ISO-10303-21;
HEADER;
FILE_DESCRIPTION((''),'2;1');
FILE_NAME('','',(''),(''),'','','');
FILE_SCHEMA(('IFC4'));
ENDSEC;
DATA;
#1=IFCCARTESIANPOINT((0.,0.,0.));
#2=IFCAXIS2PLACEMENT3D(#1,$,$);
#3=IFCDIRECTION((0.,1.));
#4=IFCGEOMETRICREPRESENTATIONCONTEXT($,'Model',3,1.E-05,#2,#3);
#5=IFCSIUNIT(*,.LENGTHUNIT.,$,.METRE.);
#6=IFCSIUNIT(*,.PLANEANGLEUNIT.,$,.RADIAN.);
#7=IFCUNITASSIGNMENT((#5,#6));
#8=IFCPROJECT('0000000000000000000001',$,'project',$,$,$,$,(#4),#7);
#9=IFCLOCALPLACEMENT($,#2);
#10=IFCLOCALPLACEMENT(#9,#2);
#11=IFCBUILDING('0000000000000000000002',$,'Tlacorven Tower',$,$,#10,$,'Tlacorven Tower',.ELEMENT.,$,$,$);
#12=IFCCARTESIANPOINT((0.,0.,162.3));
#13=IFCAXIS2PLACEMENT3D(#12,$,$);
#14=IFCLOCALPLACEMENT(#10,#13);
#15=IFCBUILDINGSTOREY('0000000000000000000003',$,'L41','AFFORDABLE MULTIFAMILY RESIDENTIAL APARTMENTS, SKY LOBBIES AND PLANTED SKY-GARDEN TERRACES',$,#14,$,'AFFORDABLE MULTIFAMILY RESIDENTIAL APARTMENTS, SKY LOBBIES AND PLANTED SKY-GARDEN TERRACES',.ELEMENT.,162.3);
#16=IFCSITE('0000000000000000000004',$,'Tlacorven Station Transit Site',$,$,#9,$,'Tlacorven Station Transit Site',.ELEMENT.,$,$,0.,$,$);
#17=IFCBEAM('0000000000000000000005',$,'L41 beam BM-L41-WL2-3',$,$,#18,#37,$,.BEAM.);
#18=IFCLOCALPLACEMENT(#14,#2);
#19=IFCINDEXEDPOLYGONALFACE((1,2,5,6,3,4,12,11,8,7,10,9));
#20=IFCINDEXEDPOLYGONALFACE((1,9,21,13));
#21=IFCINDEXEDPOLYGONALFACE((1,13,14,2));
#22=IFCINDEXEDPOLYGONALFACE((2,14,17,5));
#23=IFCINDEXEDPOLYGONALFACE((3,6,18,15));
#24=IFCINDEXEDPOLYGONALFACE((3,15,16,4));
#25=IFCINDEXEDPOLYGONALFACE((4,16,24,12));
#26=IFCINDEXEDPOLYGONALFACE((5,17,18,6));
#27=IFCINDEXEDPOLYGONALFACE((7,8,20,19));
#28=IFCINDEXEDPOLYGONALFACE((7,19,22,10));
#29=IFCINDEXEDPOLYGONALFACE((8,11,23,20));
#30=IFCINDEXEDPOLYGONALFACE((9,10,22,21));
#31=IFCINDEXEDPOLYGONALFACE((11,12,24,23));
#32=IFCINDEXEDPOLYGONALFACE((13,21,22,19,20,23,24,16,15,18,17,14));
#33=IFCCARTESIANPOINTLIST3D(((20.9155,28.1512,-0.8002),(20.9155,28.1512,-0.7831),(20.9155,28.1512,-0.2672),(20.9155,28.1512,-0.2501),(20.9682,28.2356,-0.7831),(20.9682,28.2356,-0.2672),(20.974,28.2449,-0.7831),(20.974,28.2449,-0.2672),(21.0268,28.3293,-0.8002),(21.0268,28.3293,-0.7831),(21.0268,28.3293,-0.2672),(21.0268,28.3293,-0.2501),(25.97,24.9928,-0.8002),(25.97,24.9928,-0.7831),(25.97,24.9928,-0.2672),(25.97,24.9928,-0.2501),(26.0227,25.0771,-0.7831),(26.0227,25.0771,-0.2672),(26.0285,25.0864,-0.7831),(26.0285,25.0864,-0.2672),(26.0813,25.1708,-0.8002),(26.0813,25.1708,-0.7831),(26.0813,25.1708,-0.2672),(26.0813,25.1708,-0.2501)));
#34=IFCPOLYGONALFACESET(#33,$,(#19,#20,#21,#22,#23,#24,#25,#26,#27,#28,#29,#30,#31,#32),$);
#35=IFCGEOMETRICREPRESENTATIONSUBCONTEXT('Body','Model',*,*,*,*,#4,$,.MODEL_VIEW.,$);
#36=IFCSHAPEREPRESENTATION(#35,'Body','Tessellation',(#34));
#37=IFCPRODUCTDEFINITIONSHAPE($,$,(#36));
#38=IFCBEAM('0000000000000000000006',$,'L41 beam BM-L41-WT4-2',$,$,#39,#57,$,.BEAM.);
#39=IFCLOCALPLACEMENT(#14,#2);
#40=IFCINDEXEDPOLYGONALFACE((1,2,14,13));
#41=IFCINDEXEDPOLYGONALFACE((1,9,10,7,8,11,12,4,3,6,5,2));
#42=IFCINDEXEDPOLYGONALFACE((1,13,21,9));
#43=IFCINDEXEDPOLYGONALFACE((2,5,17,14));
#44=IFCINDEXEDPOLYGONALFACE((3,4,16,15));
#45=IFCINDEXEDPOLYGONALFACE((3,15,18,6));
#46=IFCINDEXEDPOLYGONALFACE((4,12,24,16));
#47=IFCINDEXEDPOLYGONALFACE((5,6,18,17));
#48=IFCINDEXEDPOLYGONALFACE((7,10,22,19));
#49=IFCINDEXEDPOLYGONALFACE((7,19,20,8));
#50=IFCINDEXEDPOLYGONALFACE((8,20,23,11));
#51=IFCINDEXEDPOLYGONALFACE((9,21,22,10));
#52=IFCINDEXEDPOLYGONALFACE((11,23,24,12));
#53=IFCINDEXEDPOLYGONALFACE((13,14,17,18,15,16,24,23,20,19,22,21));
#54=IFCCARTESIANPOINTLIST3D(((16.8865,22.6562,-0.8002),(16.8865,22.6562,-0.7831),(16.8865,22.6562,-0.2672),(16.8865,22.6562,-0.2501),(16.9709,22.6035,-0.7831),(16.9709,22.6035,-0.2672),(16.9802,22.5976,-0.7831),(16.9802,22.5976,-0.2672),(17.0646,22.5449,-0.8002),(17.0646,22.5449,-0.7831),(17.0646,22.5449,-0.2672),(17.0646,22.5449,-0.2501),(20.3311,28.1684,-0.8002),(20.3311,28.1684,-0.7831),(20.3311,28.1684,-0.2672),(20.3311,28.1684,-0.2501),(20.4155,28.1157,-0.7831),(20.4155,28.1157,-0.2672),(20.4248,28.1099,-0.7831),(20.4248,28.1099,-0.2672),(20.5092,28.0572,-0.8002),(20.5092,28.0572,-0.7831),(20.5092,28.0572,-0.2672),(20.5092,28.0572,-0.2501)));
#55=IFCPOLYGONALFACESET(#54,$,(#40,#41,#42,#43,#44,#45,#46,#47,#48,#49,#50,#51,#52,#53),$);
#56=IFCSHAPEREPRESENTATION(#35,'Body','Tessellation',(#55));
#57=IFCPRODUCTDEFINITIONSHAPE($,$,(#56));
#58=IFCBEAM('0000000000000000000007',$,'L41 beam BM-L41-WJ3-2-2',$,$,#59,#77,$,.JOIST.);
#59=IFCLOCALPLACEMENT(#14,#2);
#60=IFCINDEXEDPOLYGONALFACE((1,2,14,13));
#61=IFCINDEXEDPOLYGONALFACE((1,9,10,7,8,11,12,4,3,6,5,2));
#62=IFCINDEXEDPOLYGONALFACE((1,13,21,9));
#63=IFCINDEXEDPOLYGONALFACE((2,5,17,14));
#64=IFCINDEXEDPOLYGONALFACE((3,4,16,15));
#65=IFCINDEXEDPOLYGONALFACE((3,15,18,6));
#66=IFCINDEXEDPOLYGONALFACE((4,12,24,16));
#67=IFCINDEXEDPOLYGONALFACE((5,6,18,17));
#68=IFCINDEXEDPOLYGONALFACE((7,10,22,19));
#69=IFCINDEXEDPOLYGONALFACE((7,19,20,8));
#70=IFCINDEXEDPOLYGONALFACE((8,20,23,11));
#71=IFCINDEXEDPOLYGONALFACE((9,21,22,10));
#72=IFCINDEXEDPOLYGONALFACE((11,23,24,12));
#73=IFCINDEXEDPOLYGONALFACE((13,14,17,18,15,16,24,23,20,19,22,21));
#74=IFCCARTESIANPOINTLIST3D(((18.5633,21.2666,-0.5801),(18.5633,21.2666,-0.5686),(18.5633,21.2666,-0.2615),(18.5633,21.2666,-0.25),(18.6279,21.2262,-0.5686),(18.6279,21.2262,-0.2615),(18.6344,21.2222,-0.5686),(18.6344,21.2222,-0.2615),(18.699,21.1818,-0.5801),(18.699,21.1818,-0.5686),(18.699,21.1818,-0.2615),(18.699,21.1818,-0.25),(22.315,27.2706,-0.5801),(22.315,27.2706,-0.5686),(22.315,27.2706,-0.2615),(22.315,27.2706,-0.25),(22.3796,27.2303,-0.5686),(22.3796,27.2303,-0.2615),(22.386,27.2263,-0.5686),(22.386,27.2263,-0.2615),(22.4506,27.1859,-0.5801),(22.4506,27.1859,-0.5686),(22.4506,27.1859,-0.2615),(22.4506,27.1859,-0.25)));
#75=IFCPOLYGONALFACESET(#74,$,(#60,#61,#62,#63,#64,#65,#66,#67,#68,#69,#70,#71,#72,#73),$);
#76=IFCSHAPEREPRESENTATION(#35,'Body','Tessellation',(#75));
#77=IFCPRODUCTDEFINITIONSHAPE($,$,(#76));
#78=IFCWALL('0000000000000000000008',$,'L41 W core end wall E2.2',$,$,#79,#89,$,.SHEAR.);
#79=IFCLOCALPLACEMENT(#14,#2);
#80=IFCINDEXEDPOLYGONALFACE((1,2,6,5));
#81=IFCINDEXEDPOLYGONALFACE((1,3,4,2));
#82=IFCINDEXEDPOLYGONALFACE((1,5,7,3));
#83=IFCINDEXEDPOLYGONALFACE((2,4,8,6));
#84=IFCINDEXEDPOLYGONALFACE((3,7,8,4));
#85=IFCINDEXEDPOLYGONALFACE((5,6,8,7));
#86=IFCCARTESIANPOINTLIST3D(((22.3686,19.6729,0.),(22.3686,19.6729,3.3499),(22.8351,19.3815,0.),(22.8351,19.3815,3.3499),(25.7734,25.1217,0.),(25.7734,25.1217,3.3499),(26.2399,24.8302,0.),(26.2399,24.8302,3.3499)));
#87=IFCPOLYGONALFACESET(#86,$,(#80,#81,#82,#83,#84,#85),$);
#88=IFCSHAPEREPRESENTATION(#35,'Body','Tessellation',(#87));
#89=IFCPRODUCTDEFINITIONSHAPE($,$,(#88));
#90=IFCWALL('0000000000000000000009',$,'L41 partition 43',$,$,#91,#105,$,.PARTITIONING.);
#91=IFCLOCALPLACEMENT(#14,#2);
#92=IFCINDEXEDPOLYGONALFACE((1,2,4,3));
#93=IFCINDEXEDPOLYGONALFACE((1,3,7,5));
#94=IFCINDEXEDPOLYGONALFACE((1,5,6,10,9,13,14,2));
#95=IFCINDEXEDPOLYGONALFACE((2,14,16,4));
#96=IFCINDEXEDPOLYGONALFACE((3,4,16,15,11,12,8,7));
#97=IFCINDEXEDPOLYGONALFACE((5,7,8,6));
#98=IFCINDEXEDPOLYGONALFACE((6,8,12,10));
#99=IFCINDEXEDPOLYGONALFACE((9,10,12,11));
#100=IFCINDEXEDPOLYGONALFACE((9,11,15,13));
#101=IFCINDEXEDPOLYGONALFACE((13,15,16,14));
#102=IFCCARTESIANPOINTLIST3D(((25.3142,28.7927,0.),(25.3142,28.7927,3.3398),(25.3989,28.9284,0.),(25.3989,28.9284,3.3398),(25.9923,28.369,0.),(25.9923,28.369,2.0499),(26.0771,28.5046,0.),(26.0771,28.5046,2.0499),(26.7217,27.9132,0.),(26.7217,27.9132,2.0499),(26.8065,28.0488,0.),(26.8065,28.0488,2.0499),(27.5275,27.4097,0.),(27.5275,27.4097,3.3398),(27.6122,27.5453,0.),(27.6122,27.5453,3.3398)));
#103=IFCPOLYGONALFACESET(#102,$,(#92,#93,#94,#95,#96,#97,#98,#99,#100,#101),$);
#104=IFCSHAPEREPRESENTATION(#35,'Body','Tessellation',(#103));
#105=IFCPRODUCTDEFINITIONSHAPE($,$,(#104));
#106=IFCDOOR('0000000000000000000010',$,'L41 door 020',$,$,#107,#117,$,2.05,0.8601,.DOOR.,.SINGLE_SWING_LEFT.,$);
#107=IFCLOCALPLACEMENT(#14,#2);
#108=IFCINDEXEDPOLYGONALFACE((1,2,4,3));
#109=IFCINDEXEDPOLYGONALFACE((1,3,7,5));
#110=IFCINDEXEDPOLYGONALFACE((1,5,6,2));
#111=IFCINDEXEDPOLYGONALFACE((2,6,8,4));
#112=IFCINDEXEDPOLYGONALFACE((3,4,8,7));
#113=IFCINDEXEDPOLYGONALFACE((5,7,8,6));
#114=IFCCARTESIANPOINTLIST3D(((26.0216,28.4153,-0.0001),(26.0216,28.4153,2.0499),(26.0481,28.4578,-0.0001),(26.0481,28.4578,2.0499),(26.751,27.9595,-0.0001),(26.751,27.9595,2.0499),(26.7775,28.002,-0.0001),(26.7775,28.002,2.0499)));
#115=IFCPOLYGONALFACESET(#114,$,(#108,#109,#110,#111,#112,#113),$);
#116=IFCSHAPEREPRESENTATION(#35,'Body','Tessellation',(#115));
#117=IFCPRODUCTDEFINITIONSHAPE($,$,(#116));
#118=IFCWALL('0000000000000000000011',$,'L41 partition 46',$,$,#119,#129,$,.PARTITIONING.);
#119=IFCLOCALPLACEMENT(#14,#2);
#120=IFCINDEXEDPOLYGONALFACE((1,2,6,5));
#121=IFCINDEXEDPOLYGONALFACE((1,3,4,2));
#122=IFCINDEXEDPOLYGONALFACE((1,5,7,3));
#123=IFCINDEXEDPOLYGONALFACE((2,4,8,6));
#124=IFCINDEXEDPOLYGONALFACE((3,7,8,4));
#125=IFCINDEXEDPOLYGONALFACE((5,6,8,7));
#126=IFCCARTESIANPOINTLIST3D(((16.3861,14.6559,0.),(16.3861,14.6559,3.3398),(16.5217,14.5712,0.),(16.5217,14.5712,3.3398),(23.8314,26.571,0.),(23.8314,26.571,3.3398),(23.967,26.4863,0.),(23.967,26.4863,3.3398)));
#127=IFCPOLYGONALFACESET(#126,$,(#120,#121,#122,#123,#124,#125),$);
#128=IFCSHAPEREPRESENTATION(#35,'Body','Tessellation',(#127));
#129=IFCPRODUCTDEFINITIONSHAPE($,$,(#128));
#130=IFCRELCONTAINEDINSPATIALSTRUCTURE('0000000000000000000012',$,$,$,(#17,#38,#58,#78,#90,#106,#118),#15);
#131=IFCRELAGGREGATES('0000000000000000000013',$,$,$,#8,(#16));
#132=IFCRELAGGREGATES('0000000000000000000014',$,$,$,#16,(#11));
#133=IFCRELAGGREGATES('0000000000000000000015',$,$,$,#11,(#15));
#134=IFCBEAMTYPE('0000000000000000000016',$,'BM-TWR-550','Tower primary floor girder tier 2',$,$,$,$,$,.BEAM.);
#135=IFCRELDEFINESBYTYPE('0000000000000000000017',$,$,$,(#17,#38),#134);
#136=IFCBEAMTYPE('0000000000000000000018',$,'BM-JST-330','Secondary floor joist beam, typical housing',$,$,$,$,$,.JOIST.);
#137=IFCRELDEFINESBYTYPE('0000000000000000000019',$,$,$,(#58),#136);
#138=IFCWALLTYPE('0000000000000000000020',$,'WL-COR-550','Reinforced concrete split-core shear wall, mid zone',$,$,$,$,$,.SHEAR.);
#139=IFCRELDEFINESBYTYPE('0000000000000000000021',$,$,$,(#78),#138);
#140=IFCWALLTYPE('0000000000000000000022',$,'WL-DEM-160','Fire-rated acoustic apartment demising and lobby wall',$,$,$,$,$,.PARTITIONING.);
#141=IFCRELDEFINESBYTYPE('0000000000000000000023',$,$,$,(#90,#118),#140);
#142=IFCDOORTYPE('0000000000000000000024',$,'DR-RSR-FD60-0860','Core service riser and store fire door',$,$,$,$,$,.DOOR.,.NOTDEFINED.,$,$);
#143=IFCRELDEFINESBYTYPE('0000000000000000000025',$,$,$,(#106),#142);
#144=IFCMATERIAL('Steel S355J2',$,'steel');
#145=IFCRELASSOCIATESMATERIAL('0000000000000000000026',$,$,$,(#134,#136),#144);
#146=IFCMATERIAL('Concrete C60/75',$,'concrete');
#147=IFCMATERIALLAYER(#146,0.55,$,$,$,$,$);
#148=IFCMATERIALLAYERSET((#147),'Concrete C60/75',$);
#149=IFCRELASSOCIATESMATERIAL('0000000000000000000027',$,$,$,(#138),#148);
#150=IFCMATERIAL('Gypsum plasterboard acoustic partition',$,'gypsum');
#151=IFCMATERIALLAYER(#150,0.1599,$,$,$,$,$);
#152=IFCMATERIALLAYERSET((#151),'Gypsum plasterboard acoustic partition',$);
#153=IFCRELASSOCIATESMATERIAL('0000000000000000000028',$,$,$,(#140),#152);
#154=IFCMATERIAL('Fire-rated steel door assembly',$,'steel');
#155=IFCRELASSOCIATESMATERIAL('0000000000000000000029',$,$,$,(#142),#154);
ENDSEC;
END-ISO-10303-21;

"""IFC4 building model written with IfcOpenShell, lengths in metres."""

from ifc_helpers import new_model, si_unit, direction, frame, frame_2d, origin, origin_2d, place, context, subcontext, project, spatial, rectangle, i_section, extrude, source, transform, mapped, material, layer, layer_set, material_profile, profile_set, type_object, element, fill, save


model = new_model("IFC4")

# Units and contexts
model_context = context("Model", 3, precision=1e-05, world=origin(), true_north=direction((0.0, 1.0)))
body_context = subcontext(model_context, "Body", "Model", "MODEL_VIEW")
ifc_project = project(units=[si_unit("LENGTHUNIT", "METRE"), si_unit("PLANEANGLEUNIT", "RADIAN")], contexts=[model_context])

# Site, building, storey
site_placement = place(None, origin())
site = spatial("IfcSite", under=ifc_project, at=site_placement, Name="Tlacorven Station Transit Site", LongName="Tlacorven Station Transit Site", CompositionType="ELEMENT", RefElevation=0.0)
building_placement = place(site_placement, origin())
building = spatial("IfcBuilding", under=site, at=building_placement, Name="Tlacorven Tower", LongName="Tlacorven Tower", CompositionType="ELEMENT")
storey_placement = place(building_placement, frame((0.0, 0.0, 162.3)))
storey = spatial("IfcBuildingStorey", under=building, at=storey_placement, Name="L41", Description="AFFORDABLE MULTIFAMILY RESIDENTIAL APARTMENTS, SKY LOBBIES AND PLANTED SKY-GARDEN TERRACES", LongName="AFFORDABLE MULTIFAMILY RESIDENTIAL APARTMENTS, SKY LOBBIES AND PLANTED SKY-GARDEN TERRACES", CompositionType="ELEMENT", Elevation=162.3)

# Beams
ifc_material_1 = material(Name="Steel S355J2", Category="steel")
ifc_material_profile_1 = material_profile(ifc_material_1, i_section(OverallWidth=0.21, OverallDepth=0.55, WebThickness=0.011, FlangeThickness=0.0171, at=origin_2d()), Name="IPE 550")
ifc_profile_set_1 = profile_set([ifc_material_profile_1], Name="Steel S355J2")
beam_type_1 = type_object("IfcBeamType", Name="BM-TWR-550", Description="Tower primary floor girder tier 2", PredefinedType="BEAM", material=ifc_profile_set_1)
shared_shape_1 = source(origin(), body_context, "Body", "SweptSolid", [
    extrude(i_section(OverallWidth=0.21, OverallDepth=0.55, WebThickness=0.011, FlangeThickness=0.0171, at=origin_2d()), origin(), (0.0, 0.0, 1.0), 5.9602),
])
beam_1_placement = place(storey_placement, frame((26.0256, 25.0818, -0.5251), z_axis=(-0.848042, 0.529929, 0.0), x_axis=(-0.529929, -0.848042, 0.0)))
element("IfcBeam", 1, at=beam_1_placement, inside=storey, type_object=beam_type_1, Name="L41 beam BM-L41-WL2-3", PredefinedType="BEAM", context=body_context, shape_type="MappedRepresentation", body=[
    mapped(shared_shape_1, transform((0.0, 0.0, 0.0), scale=1.0)),
])
shared_shape_2 = source(origin(), body_context, "Body", "SweptSolid", [
    extrude(i_section(OverallWidth=0.21, OverallDepth=0.55, WebThickness=0.011, FlangeThickness=0.0171, at=origin_2d()), origin(), (0.0, 0.0, 1.0), 6.5),
])
beam_2_placement = place(storey_placement, frame((20.4202, 28.1128, -0.5251), z_axis=(-0.529938, -0.848036, 0.0), x_axis=(0.848036, -0.529938, 0.0)))
element("IfcBeam", 2, at=beam_2_placement, inside=storey, type_object=beam_type_1, Name="L41 beam BM-L41-WT4-2", PredefinedType="BEAM", context=body_context, shape_type="MappedRepresentation", body=[
    mapped(shared_shape_2, transform((0.0, 0.0, 0.0), scale=1.0)),
])
ifc_material_profile_2 = material_profile(ifc_material_1, i_section(OverallWidth=0.1599, OverallDepth=0.3301, WebThickness=0.0076, FlangeThickness=0.0115, at=origin_2d()), Name="IPE 330")
ifc_profile_set_2 = profile_set([ifc_material_profile_2], Name="Steel S355J2")
beam_type_2 = type_object("IfcBeamType", Name="BM-JST-330", Description="Secondary floor joist beam, typical housing", PredefinedType="JOIST", material=ifc_profile_set_2)
shared_shape_3 = source(origin(), body_context, "Body", "SweptSolid", [
    extrude(i_section(OverallWidth=0.1599, OverallDepth=0.3301, WebThickness=0.0076, FlangeThickness=0.0115, at=origin_2d()), origin(), (0.0, 0.0, 1.0), 7.0798),
])
beam_3_placement = place(storey_placement, frame((22.3828, 27.2283, -0.415), z_axis=(-0.529909, -0.848054, 0.0), x_axis=(0.848054, -0.529909, 0.0)))
element("IfcBeam", 3, at=beam_3_placement, inside=storey, type_object=beam_type_2, Name="L41 beam BM-L41-WJ3-2-2", PredefinedType="JOIST", context=body_context, shape_type="MappedRepresentation", body=[
    mapped(shared_shape_3, transform((0.0, 0.0, 0.0), scale=1.0)),
])

# Wall
ifc_material_2 = material(Name="Concrete C60/75", Category="concrete")
ifc_layer_1 = layer(ifc_material_2, 0.55)
ifc_layer_set_1 = layer_set([ifc_layer_1], Name="Concrete C60/75")
wall_type_1 = type_object("IfcWallType", Name="WL-COR-550", Description="Reinforced concrete split-core shear wall, mid zone", PredefinedType="SHEAR", material=ifc_layer_set_1)
wall_1_placement = place(storey_placement, frame((26.0066, 24.9758, 0.0), z_axis=(0.0, 0.0, 1.0), x_axis=(-0.529924, -0.848045, 0.0)))
element("IfcWall", 4, at=wall_1_placement, inside=storey, type_object=wall_type_1, Name="L41 W core end wall E2.2", PredefinedType="SHEAR", context=body_context, shape_type="SweptSolid", body=[
    extrude(rectangle(XDim=6.425, YDim=0.55, at=frame_2d((3.2124, 0.0))), origin(), (0.0, 0.0, 1.0), 3.3499),
])

# Wall, opening, door
ifc_material_3 = material(Name="Gypsum plasterboard acoustic partition", Category="gypsum")
ifc_layer_2 = layer(ifc_material_3, 0.1599)
ifc_layer_set_2 = layer_set([ifc_layer_2], Name="Gypsum plasterboard acoustic partition")
wall_type_2 = type_object("IfcWallType", Name="WL-DEM-160", Description="Fire-rated acoustic apartment demising and lobby wall", PredefinedType="PARTITIONING", material=ifc_layer_set_2)
wall_2_placement = place(storey_placement, frame((27.5698, 27.4775, 0.0), z_axis=(0.0, 0.0, 1.0), x_axis=(-0.848051, 0.529915, 0.0)))
wall_2 = element("IfcWall", 5, at=wall_2_placement, inside=storey, type_object=wall_type_2, Name="L41 partition 43", PredefinedType="PARTITIONING", context=body_context, shape_type="SweptSolid", body=[
    extrude(rectangle(XDim=2.6099, YDim=0.1599, at=frame_2d((1.3049, 0.0))), origin(), (0.0, 0.0, 1.0), 3.3398),
])
opening_1_placement = place(wall_2_placement, frame((0.95, 0.0, 0.0)))
opening_1 = element("IfcOpeningElement", 6, at=opening_1_placement, cuts=wall_2, PredefinedType="OPENING", context=body_context, shape_type="SweptSolid", body=[
    extrude(rectangle(XDim=0.8601, YDim=2.05, at=frame_2d((0.4302, 1.0249))), frame((0.0, 0.0898, 0.0), z_axis=(0.0, -1.0, 0.0), x_axis=(1.0, 0.0, 0.0)), (0.0, 0.0, 1.0), 0.1799),
])
ifc_material_4 = material(Name="Fire-rated steel door assembly", Category="steel")
door_type_1 = type_object("IfcDoorType", Name="DR-RSR-FD60-0860", Description="Core service riser and store fire door", OperationType="NOTDEFINED", PredefinedType="DOOR", material=ifc_material_4)
shared_shape_4 = source(origin(), body_context, "Body", "SweptSolid", [
    extrude(rectangle(XDim=0.8601, YDim=2.05, at=frame_2d((0.4302, 1.0249))), frame((0.0, 0.0249, 0.0), z_axis=(0.0, -1.0, 0.0), x_axis=(1.0, 0.0, 0.0)), (0.0, 0.0, 1.0), 0.05),
])
door_1_placement = place(opening_1_placement, frame((0.8601, 0.0, 0.0), z_axis=(0.0, 0.0, 1.0), x_axis=(-1.0, 0.0, 0.0)))
door_1 = element("IfcDoor", 7, at=door_1_placement, inside=storey, type_object=door_type_1, Name="L41 door 020", OperationType="SINGLE_SWING_LEFT", OverallHeight=2.05, OverallWidth=0.8601, PredefinedType="DOOR", context=body_context, shape_type="MappedRepresentation", body=[
    mapped(shared_shape_4, transform((0.0, 0.0, 0.0), scale=1.0)),
])
fill(opening_1, door_1)

# Wall
wall_3_placement = place(storey_placement, frame((23.8992, 26.5286, 0.0), z_axis=(0.0, 0.0, 1.0), x_axis=(-0.529918, -0.848049, 0.0)))
element("IfcWall", 8, at=wall_3_placement, inside=storey, type_object=wall_type_2, Name="L41 partition 46", PredefinedType="PARTITIONING", context=body_context, shape_type="SweptSolid", body=[
    extrude(rectangle(XDim=14.05, YDim=0.1599, at=frame_2d((7.0249, 0.0))), origin(), (0.0, 0.0, 1.0), 3.3398),
])

save(model, "model.ifc")
